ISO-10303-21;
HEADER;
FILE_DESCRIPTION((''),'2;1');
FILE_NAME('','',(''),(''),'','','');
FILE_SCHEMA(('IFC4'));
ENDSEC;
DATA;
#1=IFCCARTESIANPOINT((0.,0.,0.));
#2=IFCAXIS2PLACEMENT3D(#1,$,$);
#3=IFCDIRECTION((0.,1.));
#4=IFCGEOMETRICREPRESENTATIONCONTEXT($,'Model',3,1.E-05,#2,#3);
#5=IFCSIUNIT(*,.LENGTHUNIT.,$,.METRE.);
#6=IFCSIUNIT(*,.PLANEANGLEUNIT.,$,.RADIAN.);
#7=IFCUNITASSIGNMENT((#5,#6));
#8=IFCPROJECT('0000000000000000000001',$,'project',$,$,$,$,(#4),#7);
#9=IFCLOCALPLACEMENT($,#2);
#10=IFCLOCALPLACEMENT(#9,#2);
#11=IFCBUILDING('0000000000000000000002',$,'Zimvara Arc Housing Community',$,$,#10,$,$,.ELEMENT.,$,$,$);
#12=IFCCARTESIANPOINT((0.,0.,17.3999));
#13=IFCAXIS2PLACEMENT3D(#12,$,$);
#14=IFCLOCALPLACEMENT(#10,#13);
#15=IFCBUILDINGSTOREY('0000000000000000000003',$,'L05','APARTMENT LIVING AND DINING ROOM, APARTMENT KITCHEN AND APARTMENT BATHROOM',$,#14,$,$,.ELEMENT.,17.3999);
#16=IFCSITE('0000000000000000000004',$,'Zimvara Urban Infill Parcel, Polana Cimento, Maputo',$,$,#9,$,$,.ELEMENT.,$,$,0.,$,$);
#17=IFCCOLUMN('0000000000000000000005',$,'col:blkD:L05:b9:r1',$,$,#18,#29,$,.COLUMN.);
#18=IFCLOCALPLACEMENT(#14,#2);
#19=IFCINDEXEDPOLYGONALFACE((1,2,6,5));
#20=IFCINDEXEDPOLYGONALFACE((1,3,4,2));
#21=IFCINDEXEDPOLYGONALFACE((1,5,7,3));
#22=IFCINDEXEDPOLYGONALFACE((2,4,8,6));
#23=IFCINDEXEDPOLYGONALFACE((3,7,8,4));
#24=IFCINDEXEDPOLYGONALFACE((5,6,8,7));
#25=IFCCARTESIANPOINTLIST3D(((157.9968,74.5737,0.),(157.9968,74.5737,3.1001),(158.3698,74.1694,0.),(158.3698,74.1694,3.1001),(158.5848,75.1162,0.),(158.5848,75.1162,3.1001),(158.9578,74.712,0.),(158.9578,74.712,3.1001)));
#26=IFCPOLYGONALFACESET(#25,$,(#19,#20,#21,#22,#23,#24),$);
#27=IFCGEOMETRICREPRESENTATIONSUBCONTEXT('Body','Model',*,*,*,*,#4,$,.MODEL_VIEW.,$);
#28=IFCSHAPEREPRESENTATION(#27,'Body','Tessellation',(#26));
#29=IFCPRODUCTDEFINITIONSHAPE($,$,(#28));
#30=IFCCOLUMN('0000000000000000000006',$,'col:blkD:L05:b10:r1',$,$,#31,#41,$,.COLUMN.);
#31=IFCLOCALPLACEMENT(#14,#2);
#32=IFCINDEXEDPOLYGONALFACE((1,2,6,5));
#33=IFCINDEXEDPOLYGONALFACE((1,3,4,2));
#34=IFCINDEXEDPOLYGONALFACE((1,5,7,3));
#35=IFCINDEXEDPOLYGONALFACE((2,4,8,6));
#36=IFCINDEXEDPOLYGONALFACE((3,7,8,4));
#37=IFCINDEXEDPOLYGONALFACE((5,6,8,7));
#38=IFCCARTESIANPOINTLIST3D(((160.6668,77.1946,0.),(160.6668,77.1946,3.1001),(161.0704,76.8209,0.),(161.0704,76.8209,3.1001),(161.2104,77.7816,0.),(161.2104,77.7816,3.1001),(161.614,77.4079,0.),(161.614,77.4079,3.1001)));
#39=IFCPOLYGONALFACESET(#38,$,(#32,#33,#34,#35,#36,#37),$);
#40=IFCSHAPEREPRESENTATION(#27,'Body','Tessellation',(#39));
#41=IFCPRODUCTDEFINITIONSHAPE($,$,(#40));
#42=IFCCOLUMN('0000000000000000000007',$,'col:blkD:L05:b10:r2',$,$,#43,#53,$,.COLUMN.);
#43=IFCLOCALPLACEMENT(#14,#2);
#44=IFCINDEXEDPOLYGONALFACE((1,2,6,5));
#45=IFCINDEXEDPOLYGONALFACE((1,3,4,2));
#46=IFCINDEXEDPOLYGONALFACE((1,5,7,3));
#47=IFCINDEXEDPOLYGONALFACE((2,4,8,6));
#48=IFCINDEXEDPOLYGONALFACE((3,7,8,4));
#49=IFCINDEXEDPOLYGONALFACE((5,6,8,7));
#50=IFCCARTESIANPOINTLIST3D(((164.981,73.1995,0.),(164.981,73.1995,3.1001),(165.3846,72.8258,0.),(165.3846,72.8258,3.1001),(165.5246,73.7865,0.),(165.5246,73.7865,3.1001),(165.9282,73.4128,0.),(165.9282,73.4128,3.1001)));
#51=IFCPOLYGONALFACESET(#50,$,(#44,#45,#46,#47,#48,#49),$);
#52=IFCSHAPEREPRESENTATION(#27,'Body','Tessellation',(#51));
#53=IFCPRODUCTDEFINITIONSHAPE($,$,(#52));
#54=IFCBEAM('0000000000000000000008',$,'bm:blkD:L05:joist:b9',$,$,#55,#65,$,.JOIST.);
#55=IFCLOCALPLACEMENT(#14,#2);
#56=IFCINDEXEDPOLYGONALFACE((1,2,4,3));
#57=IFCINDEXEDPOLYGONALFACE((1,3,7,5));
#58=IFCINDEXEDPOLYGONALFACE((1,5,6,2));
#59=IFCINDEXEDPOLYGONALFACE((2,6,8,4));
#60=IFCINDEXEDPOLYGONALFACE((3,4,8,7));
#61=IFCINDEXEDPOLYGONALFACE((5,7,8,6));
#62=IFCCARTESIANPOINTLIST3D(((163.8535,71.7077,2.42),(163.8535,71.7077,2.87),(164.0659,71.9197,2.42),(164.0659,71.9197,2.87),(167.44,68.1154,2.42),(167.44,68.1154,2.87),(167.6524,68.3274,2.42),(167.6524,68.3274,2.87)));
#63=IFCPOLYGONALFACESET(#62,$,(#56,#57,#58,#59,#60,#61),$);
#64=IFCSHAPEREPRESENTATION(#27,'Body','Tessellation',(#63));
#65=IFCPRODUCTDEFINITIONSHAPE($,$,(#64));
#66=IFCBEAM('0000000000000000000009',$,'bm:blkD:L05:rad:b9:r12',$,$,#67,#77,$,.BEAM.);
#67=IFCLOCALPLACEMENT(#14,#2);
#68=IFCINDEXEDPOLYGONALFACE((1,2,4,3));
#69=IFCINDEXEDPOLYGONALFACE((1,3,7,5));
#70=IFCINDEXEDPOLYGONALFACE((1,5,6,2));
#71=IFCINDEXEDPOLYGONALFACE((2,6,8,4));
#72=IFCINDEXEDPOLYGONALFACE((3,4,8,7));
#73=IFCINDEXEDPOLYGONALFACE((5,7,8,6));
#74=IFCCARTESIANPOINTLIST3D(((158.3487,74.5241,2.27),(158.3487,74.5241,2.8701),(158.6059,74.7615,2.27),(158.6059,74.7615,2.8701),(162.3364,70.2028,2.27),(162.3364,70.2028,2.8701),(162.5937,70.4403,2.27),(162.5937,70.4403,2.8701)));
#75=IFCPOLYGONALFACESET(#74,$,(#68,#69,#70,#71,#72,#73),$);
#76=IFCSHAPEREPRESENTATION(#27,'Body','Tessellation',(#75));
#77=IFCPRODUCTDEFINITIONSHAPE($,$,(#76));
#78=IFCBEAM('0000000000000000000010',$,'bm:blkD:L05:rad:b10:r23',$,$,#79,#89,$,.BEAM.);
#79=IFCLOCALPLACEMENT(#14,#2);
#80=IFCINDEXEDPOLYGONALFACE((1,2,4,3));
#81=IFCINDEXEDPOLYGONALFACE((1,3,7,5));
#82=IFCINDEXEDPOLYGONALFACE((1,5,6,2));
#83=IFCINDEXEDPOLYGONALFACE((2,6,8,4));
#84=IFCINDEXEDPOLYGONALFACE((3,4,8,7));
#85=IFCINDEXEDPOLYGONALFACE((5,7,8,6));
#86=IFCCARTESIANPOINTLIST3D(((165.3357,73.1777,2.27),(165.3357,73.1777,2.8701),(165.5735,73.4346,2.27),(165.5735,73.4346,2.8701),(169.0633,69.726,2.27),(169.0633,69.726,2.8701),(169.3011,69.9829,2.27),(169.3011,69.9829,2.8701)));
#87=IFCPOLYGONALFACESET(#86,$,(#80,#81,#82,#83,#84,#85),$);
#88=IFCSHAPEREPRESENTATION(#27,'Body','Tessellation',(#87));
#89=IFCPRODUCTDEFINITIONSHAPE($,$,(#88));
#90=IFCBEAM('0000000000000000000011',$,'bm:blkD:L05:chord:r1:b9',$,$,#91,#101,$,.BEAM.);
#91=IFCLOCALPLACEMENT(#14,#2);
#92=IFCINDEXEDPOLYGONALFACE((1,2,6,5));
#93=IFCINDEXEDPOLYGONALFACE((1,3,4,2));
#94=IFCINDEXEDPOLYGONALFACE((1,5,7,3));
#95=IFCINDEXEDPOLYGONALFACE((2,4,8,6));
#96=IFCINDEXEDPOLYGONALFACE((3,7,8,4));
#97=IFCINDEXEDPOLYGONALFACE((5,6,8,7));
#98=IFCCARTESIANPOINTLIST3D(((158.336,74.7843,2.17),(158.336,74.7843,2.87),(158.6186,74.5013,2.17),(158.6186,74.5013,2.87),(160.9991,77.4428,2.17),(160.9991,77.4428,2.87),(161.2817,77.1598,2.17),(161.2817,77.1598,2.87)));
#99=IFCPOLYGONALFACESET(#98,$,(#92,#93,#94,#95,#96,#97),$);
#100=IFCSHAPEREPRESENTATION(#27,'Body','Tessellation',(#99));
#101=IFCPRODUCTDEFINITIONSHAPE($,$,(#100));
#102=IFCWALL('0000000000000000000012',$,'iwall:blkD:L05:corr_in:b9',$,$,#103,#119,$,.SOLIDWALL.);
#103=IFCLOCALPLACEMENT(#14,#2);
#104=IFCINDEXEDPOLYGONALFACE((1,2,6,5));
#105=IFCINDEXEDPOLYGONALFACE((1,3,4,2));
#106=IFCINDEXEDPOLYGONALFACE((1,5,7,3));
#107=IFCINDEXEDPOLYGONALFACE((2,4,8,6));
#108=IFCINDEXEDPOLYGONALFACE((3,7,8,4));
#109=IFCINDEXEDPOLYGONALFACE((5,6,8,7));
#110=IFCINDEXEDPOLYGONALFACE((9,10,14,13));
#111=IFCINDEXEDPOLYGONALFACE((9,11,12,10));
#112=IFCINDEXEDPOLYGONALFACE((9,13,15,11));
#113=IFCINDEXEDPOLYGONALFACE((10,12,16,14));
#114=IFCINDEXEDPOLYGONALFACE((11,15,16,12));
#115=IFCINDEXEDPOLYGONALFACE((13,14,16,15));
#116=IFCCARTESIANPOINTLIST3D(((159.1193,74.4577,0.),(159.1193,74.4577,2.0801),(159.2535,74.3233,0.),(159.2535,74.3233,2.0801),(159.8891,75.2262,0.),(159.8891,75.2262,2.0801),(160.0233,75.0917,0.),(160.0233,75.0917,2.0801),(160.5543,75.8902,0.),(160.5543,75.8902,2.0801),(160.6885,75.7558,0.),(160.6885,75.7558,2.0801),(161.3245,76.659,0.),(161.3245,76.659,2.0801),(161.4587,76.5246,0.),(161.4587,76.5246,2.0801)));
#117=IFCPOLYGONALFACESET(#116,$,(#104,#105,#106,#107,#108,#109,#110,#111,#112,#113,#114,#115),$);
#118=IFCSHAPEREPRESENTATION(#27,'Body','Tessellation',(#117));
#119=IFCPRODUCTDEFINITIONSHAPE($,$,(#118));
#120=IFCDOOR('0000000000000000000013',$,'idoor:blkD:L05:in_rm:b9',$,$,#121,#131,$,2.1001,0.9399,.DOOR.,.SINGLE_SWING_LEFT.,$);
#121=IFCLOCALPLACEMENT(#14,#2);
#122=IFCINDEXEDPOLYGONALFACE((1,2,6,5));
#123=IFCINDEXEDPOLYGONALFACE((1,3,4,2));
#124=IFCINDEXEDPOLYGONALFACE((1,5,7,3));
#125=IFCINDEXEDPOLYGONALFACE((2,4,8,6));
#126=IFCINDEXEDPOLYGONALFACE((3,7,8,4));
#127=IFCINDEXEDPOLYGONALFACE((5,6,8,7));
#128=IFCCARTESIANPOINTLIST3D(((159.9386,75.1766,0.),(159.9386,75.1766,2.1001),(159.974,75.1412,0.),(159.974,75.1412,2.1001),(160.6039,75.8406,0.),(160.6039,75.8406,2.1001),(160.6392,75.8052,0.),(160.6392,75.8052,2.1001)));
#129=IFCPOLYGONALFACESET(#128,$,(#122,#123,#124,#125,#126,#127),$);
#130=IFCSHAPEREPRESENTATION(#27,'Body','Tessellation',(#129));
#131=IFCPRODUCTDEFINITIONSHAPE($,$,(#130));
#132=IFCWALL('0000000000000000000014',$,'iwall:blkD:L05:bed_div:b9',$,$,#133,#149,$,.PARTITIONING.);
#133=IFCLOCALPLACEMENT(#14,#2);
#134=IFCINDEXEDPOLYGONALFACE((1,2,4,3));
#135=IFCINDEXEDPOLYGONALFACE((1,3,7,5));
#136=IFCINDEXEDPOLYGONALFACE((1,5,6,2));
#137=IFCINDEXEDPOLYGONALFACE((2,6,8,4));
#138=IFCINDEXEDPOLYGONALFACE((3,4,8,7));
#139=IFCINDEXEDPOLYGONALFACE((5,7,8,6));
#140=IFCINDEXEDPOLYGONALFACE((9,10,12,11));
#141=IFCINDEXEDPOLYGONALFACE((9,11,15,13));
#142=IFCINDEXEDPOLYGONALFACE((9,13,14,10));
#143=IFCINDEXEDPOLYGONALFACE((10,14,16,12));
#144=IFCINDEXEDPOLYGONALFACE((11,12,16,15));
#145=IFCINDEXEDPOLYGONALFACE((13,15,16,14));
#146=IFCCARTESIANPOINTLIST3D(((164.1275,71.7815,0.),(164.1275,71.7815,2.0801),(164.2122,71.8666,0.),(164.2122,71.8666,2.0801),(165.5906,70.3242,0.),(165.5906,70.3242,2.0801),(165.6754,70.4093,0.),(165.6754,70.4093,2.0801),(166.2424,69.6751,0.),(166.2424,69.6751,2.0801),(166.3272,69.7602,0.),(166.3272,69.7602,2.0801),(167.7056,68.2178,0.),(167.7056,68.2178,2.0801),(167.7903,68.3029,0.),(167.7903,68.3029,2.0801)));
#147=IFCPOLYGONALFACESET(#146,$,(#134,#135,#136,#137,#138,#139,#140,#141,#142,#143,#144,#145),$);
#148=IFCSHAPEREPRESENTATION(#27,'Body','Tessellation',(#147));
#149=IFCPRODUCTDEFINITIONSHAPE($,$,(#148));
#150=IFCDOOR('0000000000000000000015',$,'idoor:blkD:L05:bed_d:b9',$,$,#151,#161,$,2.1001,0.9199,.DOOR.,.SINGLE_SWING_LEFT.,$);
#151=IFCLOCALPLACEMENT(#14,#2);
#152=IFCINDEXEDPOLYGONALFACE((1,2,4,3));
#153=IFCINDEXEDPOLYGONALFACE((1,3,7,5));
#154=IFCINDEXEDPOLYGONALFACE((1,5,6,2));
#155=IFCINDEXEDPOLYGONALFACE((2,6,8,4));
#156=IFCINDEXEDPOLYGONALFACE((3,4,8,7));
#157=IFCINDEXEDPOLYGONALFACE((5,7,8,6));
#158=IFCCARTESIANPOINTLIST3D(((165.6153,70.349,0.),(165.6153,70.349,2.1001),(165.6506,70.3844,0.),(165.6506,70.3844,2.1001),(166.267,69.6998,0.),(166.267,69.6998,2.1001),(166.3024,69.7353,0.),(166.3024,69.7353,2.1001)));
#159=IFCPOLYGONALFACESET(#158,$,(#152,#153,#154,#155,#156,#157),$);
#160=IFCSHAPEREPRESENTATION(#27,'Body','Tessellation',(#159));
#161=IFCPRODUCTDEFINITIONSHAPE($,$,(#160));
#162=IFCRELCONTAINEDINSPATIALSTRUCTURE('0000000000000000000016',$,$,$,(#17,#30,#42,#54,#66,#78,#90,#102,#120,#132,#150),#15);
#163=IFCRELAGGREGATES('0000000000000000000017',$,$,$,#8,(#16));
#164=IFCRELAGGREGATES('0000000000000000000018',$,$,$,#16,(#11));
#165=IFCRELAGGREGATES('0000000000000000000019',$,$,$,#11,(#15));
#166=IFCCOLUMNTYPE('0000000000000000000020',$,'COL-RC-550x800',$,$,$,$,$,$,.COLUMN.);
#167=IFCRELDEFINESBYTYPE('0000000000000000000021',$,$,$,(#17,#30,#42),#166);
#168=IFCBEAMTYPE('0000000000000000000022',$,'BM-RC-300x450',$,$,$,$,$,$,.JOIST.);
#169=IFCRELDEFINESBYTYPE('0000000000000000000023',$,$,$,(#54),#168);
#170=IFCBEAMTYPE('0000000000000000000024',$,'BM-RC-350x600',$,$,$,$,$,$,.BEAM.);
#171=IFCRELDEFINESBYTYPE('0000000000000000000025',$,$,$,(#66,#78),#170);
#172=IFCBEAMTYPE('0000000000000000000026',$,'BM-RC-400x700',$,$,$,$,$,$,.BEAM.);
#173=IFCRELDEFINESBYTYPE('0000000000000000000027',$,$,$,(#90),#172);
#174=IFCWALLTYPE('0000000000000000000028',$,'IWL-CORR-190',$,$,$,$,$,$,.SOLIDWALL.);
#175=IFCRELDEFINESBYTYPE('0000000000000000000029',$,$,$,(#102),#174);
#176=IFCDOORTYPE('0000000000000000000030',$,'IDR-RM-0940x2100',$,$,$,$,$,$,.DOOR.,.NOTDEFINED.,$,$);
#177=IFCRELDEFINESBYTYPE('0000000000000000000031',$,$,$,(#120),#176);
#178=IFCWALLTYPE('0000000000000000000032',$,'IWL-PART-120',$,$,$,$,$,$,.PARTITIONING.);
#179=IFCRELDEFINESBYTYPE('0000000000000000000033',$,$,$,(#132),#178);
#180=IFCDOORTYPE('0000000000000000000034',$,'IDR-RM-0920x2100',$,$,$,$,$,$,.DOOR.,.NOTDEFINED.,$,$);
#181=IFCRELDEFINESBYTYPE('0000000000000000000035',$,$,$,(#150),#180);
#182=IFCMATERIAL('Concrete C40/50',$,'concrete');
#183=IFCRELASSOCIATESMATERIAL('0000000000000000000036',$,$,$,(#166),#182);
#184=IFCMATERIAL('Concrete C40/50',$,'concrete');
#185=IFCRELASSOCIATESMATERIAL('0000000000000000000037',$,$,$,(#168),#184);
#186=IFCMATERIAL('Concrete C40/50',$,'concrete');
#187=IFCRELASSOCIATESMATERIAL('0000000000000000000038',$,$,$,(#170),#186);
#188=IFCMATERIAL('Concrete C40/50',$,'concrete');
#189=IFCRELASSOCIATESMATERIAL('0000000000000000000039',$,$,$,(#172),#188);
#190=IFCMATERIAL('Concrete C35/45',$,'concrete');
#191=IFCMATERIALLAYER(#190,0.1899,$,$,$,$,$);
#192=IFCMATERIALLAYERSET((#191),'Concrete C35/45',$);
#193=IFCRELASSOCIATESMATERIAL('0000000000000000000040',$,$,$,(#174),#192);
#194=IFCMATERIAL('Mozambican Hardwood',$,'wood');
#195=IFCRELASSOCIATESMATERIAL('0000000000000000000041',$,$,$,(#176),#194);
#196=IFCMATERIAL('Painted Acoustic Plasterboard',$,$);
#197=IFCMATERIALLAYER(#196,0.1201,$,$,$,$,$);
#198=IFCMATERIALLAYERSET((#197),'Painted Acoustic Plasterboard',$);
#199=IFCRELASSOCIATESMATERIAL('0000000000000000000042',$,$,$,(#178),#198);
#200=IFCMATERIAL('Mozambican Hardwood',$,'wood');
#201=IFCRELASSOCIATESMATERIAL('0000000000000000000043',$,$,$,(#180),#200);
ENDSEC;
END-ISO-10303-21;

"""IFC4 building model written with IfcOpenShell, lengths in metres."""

from ifc_helpers import new_model, si_unit, direction, frame, frame_2d, origin, origin_2d, place, context, subcontext, project, spatial, rectangle, extrude, material, layer, layer_set, material_profile, profile_set, type_object, element, fill, save


model = new_model("IFC4")

# Units and contexts
model_context = context("Model", 3, precision=1e-05, world=origin(), true_north=direction((0.0, 1.0)))
body_context = subcontext(model_context, "Body", "Model", "MODEL_VIEW")
ifc_project = project(units=[si_unit("LENGTHUNIT", "METRE"), si_unit("PLANEANGLEUNIT", "RADIAN")], contexts=[model_context])

# Site, building, storey
site_placement = place(None, origin())
site = spatial("IfcSite", under=ifc_project, at=site_placement, Name="Zimvara Urban Infill Parcel, Polana Cimento, Maputo", CompositionType="ELEMENT", RefElevation=0.0)
building_placement = place(site_placement, origin())
building = spatial("IfcBuilding", under=site, at=building_placement, Name="Zimvara Arc Housing Community", CompositionType="ELEMENT")
storey_placement = place(building_placement, frame((0.0, 0.0, 17.3999)))
storey = spatial("IfcBuildingStorey", under=building, at=storey_placement, Name="L05", Description="APARTMENT LIVING AND DINING ROOM, APARTMENT KITCHEN AND APARTMENT BATHROOM", CompositionType="ELEMENT", Elevation=17.3999)

# Columns
ifc_material_1 = material(Name="Concrete C40/50", Category="concrete")
ifc_material_profile_1 = material_profile(ifc_material_1, rectangle(XDim=0.55, YDim=0.8, at=origin_2d()), Name="RC 550x800")
ifc_profile_set_1 = profile_set([ifc_material_profile_1], Name="Concrete C40/50")
column_type = type_object("IfcColumnType", Name="COL-RC-550x800", PredefinedType="COLUMN", material=ifc_profile_set_1)
for number, where, z_axis, x_axis, name in (
    (1, (158.4773, 74.6428, 0.0), (0.0, 0.0, 1.0), (0.67816, -0.734915, 0.0), "col:blkD:L05:b9:r1"),
    (2, (161.1404, 77.3013, 0.0), (0.0, 0.0, 1.0), (0.73373, -0.679441, 0.0), "col:blkD:L05:b10:r1"),
    (3, (165.4546, 73.3062, 0.0), (0.0, 0.0, 1.0), (0.73373, -0.679441, 0.0), "col:blkD:L05:b10:r2"),
):
    element("IfcColumn", number, at=place(storey_placement, frame(where, z_axis=z_axis, x_axis=x_axis)), inside=storey, type_object=column_type, Name=name, PredefinedType="COLUMN", context=body_context, shape_type="SweptSolid", body=[
        extrude(rectangle(XDim=0.55, YDim=0.8, at=origin_2d()), origin(), (0.0, 0.0, 1.0), 3.1001),
    ])

# Beams
ifc_material_2 = material(Name="Concrete C40/50", Category="concrete")
ifc_material_profile_2 = material_profile(ifc_material_2, rectangle(XDim=0.3, YDim=0.45, at=origin_2d()), Name="RC 300x450")
ifc_profile_set_2 = profile_set([ifc_material_profile_2], Name="Concrete C40/50")
beam_type_1 = type_object("IfcBeamType", Name="BM-RC-300x450", PredefinedType="JOIST", material=ifc_profile_set_2)
beam_1_placement = place(storey_placement, frame((163.9597, 71.8137, 2.645), z_axis=(0.706529, -0.707684, 0.0), x_axis=(0.707684, 0.706529, 0.0)))
element("IfcBeam", 4, at=beam_1_placement, inside=storey, type_object=beam_type_1, Name="bm:blkD:L05:joist:b9", PredefinedType="JOIST", context=body_context, shape_type="SweptSolid", body=[
    extrude(rectangle(XDim=0.3, YDim=0.45, at=origin_2d()), origin(), (0.0, 0.0, 1.0), 5.0762),
])
ifc_material_3 = material(Name="Concrete C40/50", Category="concrete")
ifc_material_profile_3 = material_profile(ifc_material_3, rectangle(XDim=0.3501, YDim=0.6001, at=origin_2d()), Name="RC 350x600")
ifc_profile_set_3 = profile_set([ifc_material_profile_3], Name="Concrete C40/50")
beam_type_2 = type_object("IfcBeamType", Name="BM-RC-350x600", PredefinedType="BEAM", material=ifc_profile_set_3)
beam_2_placement = place(storey_placement, frame((158.4773, 74.6428, 2.5701), z_axis=(0.67818, -0.734896, 0.0), x_axis=(0.734896, 0.67818, 0.0)))
element("IfcBeam", 5, at=beam_2_placement, inside=storey, type_object=beam_type_2, Name="bm:blkD:L05:rad:b9:r12", PredefinedType="BEAM", context=body_context, shape_type="SweptSolid", body=[
    extrude(rectangle(XDim=0.3501, YDim=0.6001, at=origin_2d()), origin(), (0.0, 0.0, 1.0), 5.8801),
])
beam_3_placement = place(storey_placement, frame((165.4546, 73.3062, 2.5701), z_axis=(0.733738, -0.679433, 0.0), x_axis=(0.679433, 0.733738, 0.0)))
element("IfcBeam", 6, at=beam_3_placement, inside=storey, type_object=beam_type_2, Name="bm:blkD:L05:rad:b10:r23", PredefinedType="BEAM", context=body_context, shape_type="SweptSolid", body=[
    extrude(rectangle(XDim=0.3501, YDim=0.6001, at=origin_2d()), origin(), (0.0, 0.0, 1.0), 5.0803),
])
ifc_material_4 = material(Name="Concrete C40/50", Category="concrete")
ifc_material_profile_4 = material_profile(ifc_material_4, rectangle(XDim=0.3999, YDim=0.7, at=origin_2d()), Name="RC 400x700")
ifc_profile_set_4 = profile_set([ifc_material_profile_4], Name="Concrete C40/50")
beam_type_3 = type_object("IfcBeamType", Name="BM-RC-400x700", PredefinedType="BEAM", material=ifc_profile_set_4)
beam_4_placement = place(storey_placement, frame((158.4773, 74.6428, 2.52), z_axis=(0.707723, 0.70649, 0.0), x_axis=(-0.70649, 0.707723, 0.0)))
element("IfcBeam", 7, at=beam_4_placement, inside=storey, type_object=beam_type_3, Name="bm:blkD:L05:chord:r1:b9", PredefinedType="BEAM", context=body_context, shape_type="SweptSolid", body=[
    extrude(rectangle(XDim=0.3999, YDim=0.7, at=origin_2d()), origin(), (0.0, 0.0, 1.0), 3.7629),
])

# Walls, openings, doors
ifc_material_5 = material(Name="Concrete C35/45", Category="concrete")
ifc_layer_1 = layer(ifc_material_5, 0.1899)
ifc_layer_set_1 = layer_set([ifc_layer_1], Name="Concrete C35/45")
wall_type_1 = type_object("IfcWallType", Name="IWL-CORR-190", PredefinedType="SOLIDWALL", material=ifc_layer_set_1)
wall_1_placement = place(storey_placement, frame((159.1863, 74.3904, 0.0), z_axis=(0.0, 0.0, 1.0), x_axis=(0.707733, 0.70648, 0.0)))
wall_1 = element("IfcWall", 8, at=wall_1_placement, inside=storey, type_object=wall_type_1, Name="iwall:blkD:L05:corr_in:b9", PredefinedType="SOLIDWALL", context=body_context, shape_type="SweptSolid", body=[
    extrude(rectangle(XDim=3.116, YDim=0.1899, at=frame_2d((1.5581, 0.0))), origin(), (0.0, 0.0, 1.0), 2.0801),
])
opening_1_placement = place(wall_1_placement, frame((1.0879, 0.0, 0.0)))
opening_1 = element("IfcOpeningElement", 9, at=opening_1_placement, cuts=wall_1, PredefinedType="OPENING", context=body_context, shape_type="SweptSolid", body=[
    extrude(rectangle(XDim=0.9399, YDim=2.1001, at=frame_2d((0.47, 1.05))), frame((0.0, 0.105, 0.0), z_axis=(0.0, -1.0, 0.0), x_axis=(1.0, 0.0, 0.0)), (0.0, 0.0, 1.0), 0.21),
])
ifc_material_6 = material(Name="Mozambican Hardwood", Category="wood")
door_type_1 = type_object("IfcDoorType", Name="IDR-RM-0940x2100", OperationType="NOTDEFINED", PredefinedType="DOOR", material=ifc_material_6)
door_1_placement = place(opening_1_placement, origin())
door_1 = element("IfcDoor", 10, at=door_1_placement, inside=storey, type_object=door_type_1, Name="idoor:blkD:L05:in_rm:b9", OperationType="SINGLE_SWING_LEFT", OverallHeight=2.1001, OverallWidth=0.9399, PredefinedType="DOOR", context=body_context, shape_type="SweptSolid", body=[
    extrude(rectangle(XDim=0.9399, YDim=2.1001, at=frame_2d((0.47, 1.05))), frame((0.0, 0.0249, 0.0), z_axis=(0.0, -1.0, 0.0), x_axis=(1.0, 0.0, 0.0)), (0.0, 0.0, 1.0), 0.05),
])
fill(opening_1, door_1)
ifc_material_7 = material(Name="Painted Acoustic Plasterboard")
ifc_layer_2 = layer(ifc_material_7, 0.1201)
ifc_layer_set_2 = layer_set([ifc_layer_2], Name="Painted Acoustic Plasterboard")
wall_type_2 = type_object("IfcWallType", Name="IWL-PART-120", PredefinedType="PARTITIONING", material=ifc_layer_set_2)
wall_2_placement = place(storey_placement, frame((164.1699, 71.824, 0.0), z_axis=(0.0, 0.0, 1.0), x_axis=(0.708531, -0.705679, 0.0)))
wall_2 = element("IfcWall", 11, at=wall_2_placement, inside=storey, type_object=wall_type_2, Name="iwall:blkD:L05:bed_div:b9", PredefinedType="PARTITIONING", context=body_context, shape_type="SweptSolid", body=[
    extrude(rectangle(XDim=5.05, YDim=0.1201, at=frame_2d((2.5249, 0.0))), origin(), (0.0, 0.0, 1.0), 2.0801),
])
opening_2_placement = place(wall_2_placement, frame((2.0649, 0.0, 0.0)))
opening_2 = element("IfcOpeningElement", 12, at=opening_2_placement, cuts=wall_2, PredefinedType="OPENING", context=body_context, shape_type="SweptSolid", body=[
    extrude(rectangle(XDim=0.9199, YDim=2.1001, at=frame_2d((0.46, 1.05))), frame((0.0, 0.0701, 0.0), z_axis=(0.0, -1.0, 0.0), x_axis=(1.0, 0.0, 0.0)), (0.0, 0.0, 1.0), 0.1401),
])
ifc_material_8 = material(Name="Mozambican Hardwood", Category="wood")
door_type_2 = type_object("IfcDoorType", Name="IDR-RM-0920x2100", OperationType="NOTDEFINED", PredefinedType="DOOR", material=ifc_material_8)
door_2_placement = place(opening_2_placement, origin())
door_2 = element("IfcDoor", 13, at=door_2_placement, inside=storey, type_object=door_type_2, Name="idoor:blkD:L05:bed_d:b9", OperationType="SINGLE_SWING_LEFT", OverallHeight=2.1001, OverallWidth=0.9199, PredefinedType="DOOR", context=body_context, shape_type="SweptSolid", body=[
    extrude(rectangle(XDim=0.9199, YDim=2.1001, at=frame_2d((0.46, 1.05))), frame((0.0, 0.0249, 0.0), z_axis=(0.0, -1.0, 0.0), x_axis=(1.0, 0.0, 0.0)), (0.0, 0.0, 1.0), 0.05),
])
fill(opening_2, door_2)

save(model, "model.ifc")
